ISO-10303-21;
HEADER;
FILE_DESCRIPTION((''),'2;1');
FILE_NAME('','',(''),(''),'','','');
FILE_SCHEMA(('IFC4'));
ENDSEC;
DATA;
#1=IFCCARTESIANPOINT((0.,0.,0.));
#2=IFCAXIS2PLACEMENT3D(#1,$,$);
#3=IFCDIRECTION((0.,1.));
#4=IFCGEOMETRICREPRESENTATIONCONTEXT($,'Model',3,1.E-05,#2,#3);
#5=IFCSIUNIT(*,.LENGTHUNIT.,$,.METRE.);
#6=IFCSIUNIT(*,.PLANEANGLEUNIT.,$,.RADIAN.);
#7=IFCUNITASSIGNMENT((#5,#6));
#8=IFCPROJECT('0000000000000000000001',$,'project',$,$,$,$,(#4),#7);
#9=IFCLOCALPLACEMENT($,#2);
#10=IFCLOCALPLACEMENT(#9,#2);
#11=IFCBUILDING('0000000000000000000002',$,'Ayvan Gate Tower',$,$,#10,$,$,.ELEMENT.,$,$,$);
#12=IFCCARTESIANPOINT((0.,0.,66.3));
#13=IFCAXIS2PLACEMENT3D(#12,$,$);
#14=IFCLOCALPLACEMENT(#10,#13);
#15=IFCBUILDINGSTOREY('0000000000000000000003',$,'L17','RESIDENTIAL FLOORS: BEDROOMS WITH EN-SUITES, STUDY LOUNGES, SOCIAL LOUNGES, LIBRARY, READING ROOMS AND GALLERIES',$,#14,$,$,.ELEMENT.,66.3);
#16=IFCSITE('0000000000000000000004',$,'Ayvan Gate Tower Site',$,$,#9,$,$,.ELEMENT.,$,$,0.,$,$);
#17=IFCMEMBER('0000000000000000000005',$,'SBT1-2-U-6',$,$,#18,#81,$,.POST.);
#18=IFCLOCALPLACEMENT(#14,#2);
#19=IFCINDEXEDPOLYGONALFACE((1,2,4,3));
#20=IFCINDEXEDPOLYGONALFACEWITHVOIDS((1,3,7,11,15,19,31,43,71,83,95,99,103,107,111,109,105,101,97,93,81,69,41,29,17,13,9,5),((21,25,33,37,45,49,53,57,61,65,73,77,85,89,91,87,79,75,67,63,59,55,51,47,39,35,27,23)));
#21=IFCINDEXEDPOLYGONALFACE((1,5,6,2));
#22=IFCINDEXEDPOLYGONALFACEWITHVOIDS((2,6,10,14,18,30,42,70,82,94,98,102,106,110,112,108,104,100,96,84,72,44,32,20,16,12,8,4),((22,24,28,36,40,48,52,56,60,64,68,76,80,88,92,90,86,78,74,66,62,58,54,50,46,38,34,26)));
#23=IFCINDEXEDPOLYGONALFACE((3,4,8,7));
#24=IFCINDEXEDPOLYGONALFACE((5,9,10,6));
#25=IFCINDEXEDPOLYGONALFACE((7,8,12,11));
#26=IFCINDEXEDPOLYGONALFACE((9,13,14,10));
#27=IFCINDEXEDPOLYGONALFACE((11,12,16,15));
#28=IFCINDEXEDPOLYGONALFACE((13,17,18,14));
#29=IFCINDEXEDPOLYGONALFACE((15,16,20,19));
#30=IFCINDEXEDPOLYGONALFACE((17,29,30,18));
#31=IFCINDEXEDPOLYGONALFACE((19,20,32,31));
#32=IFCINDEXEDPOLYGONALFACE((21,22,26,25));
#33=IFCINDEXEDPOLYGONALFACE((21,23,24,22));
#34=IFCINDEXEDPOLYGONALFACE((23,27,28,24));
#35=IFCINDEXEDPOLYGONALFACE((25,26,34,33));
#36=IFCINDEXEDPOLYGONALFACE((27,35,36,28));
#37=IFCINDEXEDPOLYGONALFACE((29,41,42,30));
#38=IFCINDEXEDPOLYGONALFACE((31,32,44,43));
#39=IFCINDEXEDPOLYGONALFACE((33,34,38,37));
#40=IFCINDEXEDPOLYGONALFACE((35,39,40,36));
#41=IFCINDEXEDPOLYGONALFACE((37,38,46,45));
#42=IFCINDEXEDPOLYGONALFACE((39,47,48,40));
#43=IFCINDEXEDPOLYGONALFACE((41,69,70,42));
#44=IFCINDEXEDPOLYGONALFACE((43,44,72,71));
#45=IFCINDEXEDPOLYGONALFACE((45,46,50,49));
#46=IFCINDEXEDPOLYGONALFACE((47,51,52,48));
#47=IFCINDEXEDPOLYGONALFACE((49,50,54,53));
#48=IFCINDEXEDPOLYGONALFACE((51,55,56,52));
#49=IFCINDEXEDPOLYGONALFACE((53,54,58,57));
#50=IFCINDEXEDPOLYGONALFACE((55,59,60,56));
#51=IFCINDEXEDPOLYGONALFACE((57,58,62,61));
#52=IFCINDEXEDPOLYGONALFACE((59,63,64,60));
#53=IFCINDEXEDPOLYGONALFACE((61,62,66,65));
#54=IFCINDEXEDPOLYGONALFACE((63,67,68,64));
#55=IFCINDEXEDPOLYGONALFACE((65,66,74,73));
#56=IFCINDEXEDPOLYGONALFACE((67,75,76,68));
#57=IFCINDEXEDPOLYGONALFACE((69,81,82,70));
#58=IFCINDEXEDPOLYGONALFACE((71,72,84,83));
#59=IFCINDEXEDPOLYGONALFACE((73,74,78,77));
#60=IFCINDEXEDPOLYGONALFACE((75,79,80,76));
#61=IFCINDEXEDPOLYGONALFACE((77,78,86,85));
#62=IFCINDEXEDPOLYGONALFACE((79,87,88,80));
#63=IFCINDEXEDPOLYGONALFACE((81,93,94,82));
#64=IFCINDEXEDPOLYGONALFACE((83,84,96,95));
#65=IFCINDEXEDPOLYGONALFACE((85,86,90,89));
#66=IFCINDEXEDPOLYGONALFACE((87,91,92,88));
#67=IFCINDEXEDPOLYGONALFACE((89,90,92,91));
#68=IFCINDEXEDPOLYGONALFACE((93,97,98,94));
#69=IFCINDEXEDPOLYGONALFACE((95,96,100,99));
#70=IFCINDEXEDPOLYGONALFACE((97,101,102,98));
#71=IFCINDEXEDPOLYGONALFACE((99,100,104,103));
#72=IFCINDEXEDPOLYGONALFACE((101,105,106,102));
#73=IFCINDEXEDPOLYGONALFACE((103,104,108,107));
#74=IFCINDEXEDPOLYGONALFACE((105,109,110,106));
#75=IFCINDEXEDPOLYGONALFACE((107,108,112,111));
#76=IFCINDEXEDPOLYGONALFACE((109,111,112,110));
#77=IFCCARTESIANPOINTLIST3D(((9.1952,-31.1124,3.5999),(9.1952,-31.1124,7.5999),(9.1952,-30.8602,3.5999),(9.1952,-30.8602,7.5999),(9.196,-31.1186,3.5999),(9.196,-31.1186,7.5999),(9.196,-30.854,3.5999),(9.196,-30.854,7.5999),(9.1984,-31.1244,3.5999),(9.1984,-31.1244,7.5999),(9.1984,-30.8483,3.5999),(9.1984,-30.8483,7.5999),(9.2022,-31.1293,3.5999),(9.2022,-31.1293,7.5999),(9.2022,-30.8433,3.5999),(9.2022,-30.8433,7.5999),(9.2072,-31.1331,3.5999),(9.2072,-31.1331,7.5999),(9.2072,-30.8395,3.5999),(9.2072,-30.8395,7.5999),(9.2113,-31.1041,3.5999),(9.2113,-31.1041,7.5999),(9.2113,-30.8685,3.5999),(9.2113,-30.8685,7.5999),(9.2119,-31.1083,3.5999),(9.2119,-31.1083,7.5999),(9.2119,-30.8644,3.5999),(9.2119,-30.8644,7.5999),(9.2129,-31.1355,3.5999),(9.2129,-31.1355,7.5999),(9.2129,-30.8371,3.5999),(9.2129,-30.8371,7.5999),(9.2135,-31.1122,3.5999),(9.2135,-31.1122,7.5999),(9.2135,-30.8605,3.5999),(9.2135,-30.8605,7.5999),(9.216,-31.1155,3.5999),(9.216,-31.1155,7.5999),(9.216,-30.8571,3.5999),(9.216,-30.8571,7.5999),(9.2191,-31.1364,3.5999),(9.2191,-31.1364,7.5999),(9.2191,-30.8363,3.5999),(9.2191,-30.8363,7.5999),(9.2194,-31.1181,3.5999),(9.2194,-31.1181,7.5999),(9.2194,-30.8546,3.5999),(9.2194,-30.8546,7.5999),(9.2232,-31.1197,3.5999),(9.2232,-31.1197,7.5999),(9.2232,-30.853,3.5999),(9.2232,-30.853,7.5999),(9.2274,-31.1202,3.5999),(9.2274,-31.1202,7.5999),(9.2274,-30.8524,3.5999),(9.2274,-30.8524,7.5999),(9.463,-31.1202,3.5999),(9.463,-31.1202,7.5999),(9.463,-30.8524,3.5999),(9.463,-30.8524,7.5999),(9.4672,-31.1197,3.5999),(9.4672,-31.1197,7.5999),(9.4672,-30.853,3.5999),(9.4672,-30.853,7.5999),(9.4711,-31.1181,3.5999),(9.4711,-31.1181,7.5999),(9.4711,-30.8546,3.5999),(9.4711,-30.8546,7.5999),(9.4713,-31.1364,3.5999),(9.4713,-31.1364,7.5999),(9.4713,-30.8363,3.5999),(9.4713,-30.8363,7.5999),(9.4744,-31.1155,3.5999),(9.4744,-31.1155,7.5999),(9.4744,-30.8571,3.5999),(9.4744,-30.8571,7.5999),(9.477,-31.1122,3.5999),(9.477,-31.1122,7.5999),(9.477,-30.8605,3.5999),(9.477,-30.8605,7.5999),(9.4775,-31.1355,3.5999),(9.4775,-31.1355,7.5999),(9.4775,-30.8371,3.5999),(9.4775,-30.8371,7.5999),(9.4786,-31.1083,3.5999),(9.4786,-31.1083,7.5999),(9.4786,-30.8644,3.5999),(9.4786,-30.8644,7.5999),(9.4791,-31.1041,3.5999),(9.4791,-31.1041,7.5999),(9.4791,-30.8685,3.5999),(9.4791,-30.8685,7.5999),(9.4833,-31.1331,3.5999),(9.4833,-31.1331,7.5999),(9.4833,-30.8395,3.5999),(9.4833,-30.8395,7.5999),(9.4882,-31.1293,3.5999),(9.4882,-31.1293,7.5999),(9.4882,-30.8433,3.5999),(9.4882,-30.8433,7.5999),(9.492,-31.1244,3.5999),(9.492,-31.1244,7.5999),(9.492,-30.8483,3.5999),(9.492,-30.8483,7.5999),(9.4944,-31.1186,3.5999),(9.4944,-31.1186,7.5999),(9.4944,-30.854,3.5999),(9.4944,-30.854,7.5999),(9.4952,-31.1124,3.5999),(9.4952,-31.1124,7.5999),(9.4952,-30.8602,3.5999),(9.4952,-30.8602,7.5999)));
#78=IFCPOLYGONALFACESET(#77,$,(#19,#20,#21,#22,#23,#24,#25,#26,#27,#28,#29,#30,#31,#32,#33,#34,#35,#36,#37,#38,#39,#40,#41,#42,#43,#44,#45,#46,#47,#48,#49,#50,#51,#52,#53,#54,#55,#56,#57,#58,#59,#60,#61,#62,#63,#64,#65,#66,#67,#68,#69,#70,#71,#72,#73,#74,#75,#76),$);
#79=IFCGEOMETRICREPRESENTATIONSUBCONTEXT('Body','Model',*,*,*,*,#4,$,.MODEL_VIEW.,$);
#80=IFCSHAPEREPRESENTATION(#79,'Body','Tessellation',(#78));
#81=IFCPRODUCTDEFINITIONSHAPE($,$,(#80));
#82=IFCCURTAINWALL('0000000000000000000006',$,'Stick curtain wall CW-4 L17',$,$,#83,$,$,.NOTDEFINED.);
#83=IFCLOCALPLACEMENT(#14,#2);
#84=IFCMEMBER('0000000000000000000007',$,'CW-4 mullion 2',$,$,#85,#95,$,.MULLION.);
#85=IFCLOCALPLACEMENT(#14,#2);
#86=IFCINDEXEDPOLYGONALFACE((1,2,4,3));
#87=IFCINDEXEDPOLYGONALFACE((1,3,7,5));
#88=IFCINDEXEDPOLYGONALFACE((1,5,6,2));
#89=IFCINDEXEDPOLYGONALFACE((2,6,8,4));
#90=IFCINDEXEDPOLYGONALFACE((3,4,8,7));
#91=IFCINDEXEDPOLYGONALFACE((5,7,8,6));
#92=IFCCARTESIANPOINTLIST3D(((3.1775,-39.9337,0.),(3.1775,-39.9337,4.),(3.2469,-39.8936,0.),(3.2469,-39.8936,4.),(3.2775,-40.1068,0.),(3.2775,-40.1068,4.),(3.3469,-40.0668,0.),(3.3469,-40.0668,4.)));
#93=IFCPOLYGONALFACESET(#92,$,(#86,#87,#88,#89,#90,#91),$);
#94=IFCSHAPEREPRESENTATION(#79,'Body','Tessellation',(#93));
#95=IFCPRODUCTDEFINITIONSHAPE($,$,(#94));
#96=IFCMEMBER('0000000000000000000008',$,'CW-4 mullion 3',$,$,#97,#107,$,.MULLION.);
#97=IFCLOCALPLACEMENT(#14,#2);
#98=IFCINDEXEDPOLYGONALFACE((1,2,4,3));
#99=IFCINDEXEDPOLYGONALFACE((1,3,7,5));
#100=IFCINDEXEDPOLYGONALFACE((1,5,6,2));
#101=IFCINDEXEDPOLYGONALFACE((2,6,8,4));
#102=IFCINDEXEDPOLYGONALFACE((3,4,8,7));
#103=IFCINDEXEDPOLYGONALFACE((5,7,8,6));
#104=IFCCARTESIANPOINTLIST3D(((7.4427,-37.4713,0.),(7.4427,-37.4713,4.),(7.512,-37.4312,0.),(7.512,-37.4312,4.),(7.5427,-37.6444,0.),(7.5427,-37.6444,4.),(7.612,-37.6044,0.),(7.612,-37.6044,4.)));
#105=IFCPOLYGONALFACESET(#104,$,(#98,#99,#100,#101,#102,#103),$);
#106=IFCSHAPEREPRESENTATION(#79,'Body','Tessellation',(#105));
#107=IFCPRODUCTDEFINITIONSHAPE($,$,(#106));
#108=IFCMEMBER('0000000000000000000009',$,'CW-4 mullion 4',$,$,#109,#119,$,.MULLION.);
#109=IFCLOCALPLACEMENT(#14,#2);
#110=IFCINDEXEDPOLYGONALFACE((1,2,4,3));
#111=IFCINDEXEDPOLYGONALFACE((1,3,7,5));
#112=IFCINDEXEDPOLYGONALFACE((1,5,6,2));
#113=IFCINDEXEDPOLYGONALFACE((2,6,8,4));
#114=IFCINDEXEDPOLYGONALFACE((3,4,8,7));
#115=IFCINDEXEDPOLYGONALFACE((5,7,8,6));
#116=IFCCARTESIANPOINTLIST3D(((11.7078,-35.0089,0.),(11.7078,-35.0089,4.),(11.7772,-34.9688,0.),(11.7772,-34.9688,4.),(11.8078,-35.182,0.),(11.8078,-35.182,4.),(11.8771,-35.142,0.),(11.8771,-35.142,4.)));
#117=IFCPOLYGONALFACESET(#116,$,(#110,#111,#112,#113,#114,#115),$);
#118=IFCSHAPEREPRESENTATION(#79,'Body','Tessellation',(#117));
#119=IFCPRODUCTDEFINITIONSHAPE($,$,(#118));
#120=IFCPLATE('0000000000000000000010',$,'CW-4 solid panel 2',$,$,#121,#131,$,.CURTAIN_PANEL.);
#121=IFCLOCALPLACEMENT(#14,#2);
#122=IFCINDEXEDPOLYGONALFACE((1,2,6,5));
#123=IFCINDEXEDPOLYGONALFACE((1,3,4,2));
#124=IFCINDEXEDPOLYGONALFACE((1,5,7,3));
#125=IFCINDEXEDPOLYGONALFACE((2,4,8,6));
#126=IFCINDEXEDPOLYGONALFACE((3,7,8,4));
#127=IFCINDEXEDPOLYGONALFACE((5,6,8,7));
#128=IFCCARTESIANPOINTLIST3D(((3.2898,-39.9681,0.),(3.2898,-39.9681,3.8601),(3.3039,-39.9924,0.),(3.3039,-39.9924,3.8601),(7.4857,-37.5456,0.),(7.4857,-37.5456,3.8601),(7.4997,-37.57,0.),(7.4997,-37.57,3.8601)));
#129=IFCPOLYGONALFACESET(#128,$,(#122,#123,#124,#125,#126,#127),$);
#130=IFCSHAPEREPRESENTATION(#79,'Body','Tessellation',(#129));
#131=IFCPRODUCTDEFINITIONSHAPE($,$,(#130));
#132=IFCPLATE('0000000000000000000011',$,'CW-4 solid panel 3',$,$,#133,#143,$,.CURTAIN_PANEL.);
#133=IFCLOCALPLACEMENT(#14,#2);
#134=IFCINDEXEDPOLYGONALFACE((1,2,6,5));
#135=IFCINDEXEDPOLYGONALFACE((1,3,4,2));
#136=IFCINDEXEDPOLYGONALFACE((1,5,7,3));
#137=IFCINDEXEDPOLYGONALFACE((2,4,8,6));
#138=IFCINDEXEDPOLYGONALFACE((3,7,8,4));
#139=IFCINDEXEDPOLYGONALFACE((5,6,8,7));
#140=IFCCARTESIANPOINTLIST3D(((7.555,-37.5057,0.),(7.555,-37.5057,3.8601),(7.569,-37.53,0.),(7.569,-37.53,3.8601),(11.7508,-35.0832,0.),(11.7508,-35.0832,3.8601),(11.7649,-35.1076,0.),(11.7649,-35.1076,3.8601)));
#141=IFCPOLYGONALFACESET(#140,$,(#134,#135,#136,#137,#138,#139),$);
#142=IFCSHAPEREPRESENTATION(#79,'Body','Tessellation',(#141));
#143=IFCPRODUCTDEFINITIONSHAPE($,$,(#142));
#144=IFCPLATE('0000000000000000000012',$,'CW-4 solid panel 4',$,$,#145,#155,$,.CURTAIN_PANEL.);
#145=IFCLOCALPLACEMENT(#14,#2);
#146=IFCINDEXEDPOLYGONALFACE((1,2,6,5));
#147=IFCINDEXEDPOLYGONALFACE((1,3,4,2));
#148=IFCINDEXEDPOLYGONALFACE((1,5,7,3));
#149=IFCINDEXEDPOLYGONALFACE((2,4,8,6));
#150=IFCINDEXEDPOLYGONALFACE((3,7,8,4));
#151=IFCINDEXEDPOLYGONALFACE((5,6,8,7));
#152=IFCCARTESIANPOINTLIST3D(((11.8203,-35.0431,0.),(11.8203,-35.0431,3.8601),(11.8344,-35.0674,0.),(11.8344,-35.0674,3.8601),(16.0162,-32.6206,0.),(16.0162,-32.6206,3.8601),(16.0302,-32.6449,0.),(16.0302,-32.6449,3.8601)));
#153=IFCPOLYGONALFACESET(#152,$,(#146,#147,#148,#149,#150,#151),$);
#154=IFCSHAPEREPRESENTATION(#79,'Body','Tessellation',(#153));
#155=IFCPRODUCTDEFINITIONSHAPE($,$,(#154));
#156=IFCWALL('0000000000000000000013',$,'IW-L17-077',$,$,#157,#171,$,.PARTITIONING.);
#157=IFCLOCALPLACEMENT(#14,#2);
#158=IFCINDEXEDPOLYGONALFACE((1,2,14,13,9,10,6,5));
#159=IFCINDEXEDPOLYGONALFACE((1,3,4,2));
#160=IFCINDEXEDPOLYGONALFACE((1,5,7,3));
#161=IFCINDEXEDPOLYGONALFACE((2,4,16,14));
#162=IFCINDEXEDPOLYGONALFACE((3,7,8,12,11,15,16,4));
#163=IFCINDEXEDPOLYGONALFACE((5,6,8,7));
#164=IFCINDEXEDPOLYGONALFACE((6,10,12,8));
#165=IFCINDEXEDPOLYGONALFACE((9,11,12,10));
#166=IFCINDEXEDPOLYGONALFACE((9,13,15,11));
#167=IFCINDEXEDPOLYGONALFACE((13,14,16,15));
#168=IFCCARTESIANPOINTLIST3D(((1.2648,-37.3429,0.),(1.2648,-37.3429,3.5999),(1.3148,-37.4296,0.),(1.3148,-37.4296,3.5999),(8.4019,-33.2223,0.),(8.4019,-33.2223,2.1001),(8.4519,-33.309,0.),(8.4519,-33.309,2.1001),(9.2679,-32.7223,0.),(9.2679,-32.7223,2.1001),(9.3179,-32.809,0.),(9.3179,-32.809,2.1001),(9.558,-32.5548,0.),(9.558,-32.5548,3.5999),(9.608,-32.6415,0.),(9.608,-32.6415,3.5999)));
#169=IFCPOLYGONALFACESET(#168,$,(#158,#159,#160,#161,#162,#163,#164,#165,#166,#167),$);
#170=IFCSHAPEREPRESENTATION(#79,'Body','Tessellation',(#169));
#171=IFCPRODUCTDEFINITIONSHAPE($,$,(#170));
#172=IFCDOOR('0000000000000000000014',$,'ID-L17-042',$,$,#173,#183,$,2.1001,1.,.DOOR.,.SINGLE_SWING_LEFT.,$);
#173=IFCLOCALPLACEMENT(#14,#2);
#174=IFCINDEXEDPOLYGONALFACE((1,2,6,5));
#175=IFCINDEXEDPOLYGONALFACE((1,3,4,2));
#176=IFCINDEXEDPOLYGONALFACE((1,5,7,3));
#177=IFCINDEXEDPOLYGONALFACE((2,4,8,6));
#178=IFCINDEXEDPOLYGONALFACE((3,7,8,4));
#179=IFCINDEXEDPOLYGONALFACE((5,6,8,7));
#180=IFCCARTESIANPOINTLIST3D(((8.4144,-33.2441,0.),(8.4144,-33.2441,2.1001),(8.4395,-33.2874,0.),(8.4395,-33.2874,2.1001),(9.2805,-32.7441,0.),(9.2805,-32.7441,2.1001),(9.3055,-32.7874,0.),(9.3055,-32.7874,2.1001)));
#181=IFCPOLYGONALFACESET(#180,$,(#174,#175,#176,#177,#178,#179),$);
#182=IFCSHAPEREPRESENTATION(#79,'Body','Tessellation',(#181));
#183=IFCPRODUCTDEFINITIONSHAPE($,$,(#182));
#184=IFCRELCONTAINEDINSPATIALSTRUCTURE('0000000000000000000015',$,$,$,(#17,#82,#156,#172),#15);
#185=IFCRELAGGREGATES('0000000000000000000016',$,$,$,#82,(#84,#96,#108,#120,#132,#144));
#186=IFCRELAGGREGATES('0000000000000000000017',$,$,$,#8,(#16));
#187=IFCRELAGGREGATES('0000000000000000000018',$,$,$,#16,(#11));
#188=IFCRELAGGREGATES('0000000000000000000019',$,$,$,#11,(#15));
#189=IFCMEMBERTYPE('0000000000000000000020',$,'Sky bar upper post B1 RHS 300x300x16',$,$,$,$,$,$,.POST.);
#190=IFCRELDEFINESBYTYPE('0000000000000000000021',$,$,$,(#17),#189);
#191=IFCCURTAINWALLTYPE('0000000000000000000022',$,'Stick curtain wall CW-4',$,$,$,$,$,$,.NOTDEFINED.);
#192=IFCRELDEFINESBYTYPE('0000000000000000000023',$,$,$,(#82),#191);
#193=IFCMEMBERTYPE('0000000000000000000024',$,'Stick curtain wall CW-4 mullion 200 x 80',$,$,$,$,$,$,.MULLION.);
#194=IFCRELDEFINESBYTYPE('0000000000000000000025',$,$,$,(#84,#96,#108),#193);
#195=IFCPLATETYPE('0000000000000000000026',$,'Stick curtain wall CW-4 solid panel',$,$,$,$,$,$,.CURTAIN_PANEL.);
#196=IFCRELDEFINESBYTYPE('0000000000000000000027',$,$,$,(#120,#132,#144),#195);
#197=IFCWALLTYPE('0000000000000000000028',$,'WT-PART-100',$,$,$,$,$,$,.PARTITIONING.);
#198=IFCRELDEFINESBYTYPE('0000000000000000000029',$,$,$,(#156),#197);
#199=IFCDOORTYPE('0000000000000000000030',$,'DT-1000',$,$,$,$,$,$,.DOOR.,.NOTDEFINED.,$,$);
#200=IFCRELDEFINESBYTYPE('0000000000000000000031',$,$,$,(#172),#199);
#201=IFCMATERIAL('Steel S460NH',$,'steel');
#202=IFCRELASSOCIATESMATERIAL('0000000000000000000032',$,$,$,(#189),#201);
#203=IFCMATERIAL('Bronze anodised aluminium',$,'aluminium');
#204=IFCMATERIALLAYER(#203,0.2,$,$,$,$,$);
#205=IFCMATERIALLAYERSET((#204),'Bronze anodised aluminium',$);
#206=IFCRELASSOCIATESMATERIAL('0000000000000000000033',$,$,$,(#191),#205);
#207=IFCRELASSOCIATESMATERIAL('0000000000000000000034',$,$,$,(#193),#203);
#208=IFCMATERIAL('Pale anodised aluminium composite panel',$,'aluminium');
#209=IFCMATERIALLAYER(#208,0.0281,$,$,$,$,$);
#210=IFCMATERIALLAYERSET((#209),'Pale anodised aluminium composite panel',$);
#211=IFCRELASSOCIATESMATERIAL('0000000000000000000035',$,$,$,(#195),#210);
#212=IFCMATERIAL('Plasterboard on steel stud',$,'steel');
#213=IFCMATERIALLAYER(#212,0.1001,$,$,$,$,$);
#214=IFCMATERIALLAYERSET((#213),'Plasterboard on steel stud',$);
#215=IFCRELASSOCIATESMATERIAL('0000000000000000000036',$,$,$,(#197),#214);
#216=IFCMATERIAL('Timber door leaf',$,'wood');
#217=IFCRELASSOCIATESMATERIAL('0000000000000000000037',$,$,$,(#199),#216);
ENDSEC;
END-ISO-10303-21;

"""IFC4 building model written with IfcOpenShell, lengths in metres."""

from ifc_helpers import new_model, si_unit, direction, frame, frame_2d, origin, origin_2d, place, context, subcontext, project, spatial, rectangle, hollow_rectangle, extrude, material, layer, layer_set, material_profile, profile_set, type_object, element, fill, aggregate, save


model = new_model("IFC4")

# Units and contexts
model_context = context("Model", 3, precision=1e-05, world=origin(), true_north=direction((0.0, 1.0)))
body_context = subcontext(model_context, "Body", "Model", "MODEL_VIEW")
ifc_project = project(units=[si_unit("LENGTHUNIT", "METRE"), si_unit("PLANEANGLEUNIT", "RADIAN")], contexts=[model_context])

# Site, building, storey
site_placement = place(None, origin())
site = spatial("IfcSite", under=ifc_project, at=site_placement, Name="Ayvan Gate Tower Site", CompositionType="ELEMENT", RefElevation=0.0)
building_placement = place(site_placement, origin())
building = spatial("IfcBuilding", under=site, at=building_placement, Name="Ayvan Gate Tower", CompositionType="ELEMENT")
storey_placement = place(building_placement, frame((0.0, 0.0, 66.3)))
storey = spatial("IfcBuildingStorey", under=building, at=storey_placement, Name="L17", Description="RESIDENTIAL FLOORS: BEDROOMS WITH EN-SUITES, STUDY LOUNGES, SOCIAL LOUNGES, LIBRARY, READING ROOMS AND GALLERIES", CompositionType="ELEMENT", Elevation=66.3)

# Member
ifc_material_1 = material(Name="Steel S460NH", Category="steel")
ifc_material_profile_1 = material_profile(ifc_material_1, hollow_rectangle(XDim=0.3, YDim=0.3, WallThickness=0.0161, InnerFilletRadius=0.0161, OuterFilletRadius=0.0239, at=origin_2d()), Name="RHS 300x300x16")
ifc_profile_set_1 = profile_set([ifc_material_profile_1], Name="Steel S460NH")
member_type_1 = type_object("IfcMemberType", Name="Sky bar upper post B1 RHS 300x300x16", PredefinedType="POST", material=ifc_profile_set_1)
member_1_placement = place(storey_placement, frame((9.3452, -30.9863, 3.5999), z_axis=(0.0, 0.0, 1.0), x_axis=(1.0, 0.0, 0.0)))
element("IfcMember", 1, at=member_1_placement, inside=storey, type_object=member_type_1, Name="SBT1-2-U-6", PredefinedType="POST", context=body_context, shape_type="SweptSolid", body=[
    extrude(hollow_rectangle(XDim=0.3, YDim=0.3, WallThickness=0.0161, InnerFilletRadius=0.0161, OuterFilletRadius=0.0239, at=origin_2d()), origin(), (0.0, 0.0, 1.0), 4.0),
])

# Curtain wall, members, plates
ifc_material_2 = material(Name="Bronze anodised aluminium", Category="aluminium")
ifc_layer_1 = layer(ifc_material_2, 0.2)
ifc_layer_set_1 = layer_set([ifc_layer_1], Name="Bronze anodised aluminium")
curtain_wall_type = type_object("IfcCurtainWallType", Name="Stick curtain wall CW-4", PredefinedType="NOTDEFINED", material=ifc_layer_set_1)
curtain_wall_placement = place(storey_placement, origin())
curtain_wall = element("IfcCurtainWall", 2, at=curtain_wall_placement, inside=storey, type_object=curtain_wall_type, Name="Stick curtain wall CW-4 L17", PredefinedType="NOTDEFINED")
ifc_material_profile_2 = material_profile(ifc_material_2, rectangle(XDim=0.2, YDim=0.0801, at=origin_2d()), Name="Stick curtain wall CW-4 mullion 200 x 80")
ifc_profile_set_2 = profile_set([ifc_material_profile_2], Name="Bronze anodised aluminium")
member_type_2 = type_object("IfcMemberType", Name="Stick curtain wall CW-4 mullion 200 x 80", PredefinedType="MULLION", material=ifc_profile_set_2)
member_2_placement = place(storey_placement, frame((3.2622, -40.0002, 0.0), z_axis=(0.0, 0.0, 1.0), x_axis=(0.5, -0.866025, 0.0)))
member_2 = element("IfcMember", 3, at=member_2_placement, type_object=member_type_2, Name="CW-4 mullion 2", PredefinedType="MULLION", context=body_context, shape_type="SweptSolid", body=[
    extrude(rectangle(XDim=0.2, YDim=0.0801, at=origin_2d()), origin(), (0.0, 0.0, 1.0), 4.0),
])
member_3_placement = place(storey_placement, frame((7.5273, -37.5378, 0.0), z_axis=(0.0, 0.0, 1.0), x_axis=(0.5, -0.866025, 0.0)))
member_3 = element("IfcMember", 4, at=member_3_placement, type_object=member_type_2, Name="CW-4 mullion 3", PredefinedType="MULLION", context=body_context, shape_type="SweptSolid", body=[
    extrude(rectangle(XDim=0.2, YDim=0.0801, at=origin_2d()), origin(), (0.0, 0.0, 1.0), 4.0),
])
member_4_placement = place(storey_placement, frame((11.7925, -35.0754, 0.0), z_axis=(0.0, 0.0, 1.0), x_axis=(0.5, -0.866025, 0.0)))
member_4 = element("IfcMember", 5, at=member_4_placement, type_object=member_type_2, Name="CW-4 mullion 4", PredefinedType="MULLION", context=body_context, shape_type="SweptSolid", body=[
    extrude(rectangle(XDim=0.2, YDim=0.0801, at=origin_2d()), origin(), (0.0, 0.0, 1.0), 4.0),
])
ifc_material_3 = material(Name="Pale anodised aluminium composite panel", Category="aluminium")
ifc_layer_2 = layer(ifc_material_3, 0.0281)
ifc_layer_set_2 = layer_set([ifc_layer_2], Name="Pale anodised aluminium composite panel")
plate_type = type_object("IfcPlateType", Name="Stick curtain wall CW-4 solid panel", PredefinedType="CURTAIN_PANEL", material=ifc_layer_set_2)
plate_1_placement = place(storey_placement, frame((5.3948, -38.769, 0.0), z_axis=(0.0, 0.0, 1.0), x_axis=(0.866025, 0.5, 0.0)))
plate_1 = element("IfcPlate", 6, at=plate_1_placement, type_object=plate_type, Name="CW-4 solid panel 2", PredefinedType="CURTAIN_PANEL", context=body_context, shape_type="SweptSolid", body=[
    extrude(rectangle(XDim=4.845, YDim=0.0281, at=origin_2d()), origin(), (0.0, 0.0, 1.0), 3.8601),
])
plate_2_placement = place(storey_placement, frame((9.6599, -36.3066, 0.0), z_axis=(0.0, 0.0, 1.0), x_axis=(0.866025, 0.5, 0.0)))
plate_2 = element("IfcPlate", 7, at=plate_2_placement, type_object=plate_type, Name="CW-4 solid panel 3", PredefinedType="CURTAIN_PANEL", context=body_context, shape_type="SweptSolid", body=[
    extrude(rectangle(XDim=4.845, YDim=0.0281, at=origin_2d()), origin(), (0.0, 0.0, 1.0), 3.8601),
])
plate_3_placement = place(storey_placement, frame((13.9253, -33.844, 0.0), z_axis=(0.0, 0.0, 1.0), x_axis=(0.866025, 0.5, 0.0)))
plate_3 = element("IfcPlate", 8, at=plate_3_placement, type_object=plate_type, Name="CW-4 solid panel 4", PredefinedType="CURTAIN_PANEL", context=body_context, shape_type="SweptSolid", body=[
    extrude(rectangle(XDim=4.845, YDim=0.0281, at=origin_2d()), origin(), (0.0, 0.0, 1.0), 3.8601),
])
aggregate(curtain_wall, [member_2, member_3, member_4, plate_1, plate_2, plate_3])

# Wall, opening, door
ifc_material_4 = material(Name="Plasterboard on steel stud", Category="steel")
ifc_layer_3 = layer(ifc_material_4, 0.1001)
ifc_layer_set_3 = layer_set([ifc_layer_3], Name="Plasterboard on steel stud")
wall_type_1 = type_object("IfcWallType", Name="WT-PART-100", PredefinedType="PARTITIONING", material=ifc_layer_set_3)
wall_1_placement = place(storey_placement, frame((1.2898, -37.3862, 0.0), z_axis=(0.0, 0.0, 1.0), x_axis=(0.866026, 0.5, 0.0)))
wall_1 = element("IfcWall", 9, at=wall_1_placement, inside=storey, type_object=wall_type_1, Name="IW-L17-077", PredefinedType="PARTITIONING", context=body_context, shape_type="SweptSolid", body=[
    extrude(rectangle(XDim=9.5762, YDim=0.1001, at=frame_2d((4.7881, 0.0))), origin(), (0.0, 0.0, 1.0), 3.5999),
])
opening_1_placement = place(wall_1_placement, frame((8.2412, 0.0, 0.0)))
opening_1 = element("IfcOpeningElement", 10, at=opening_1_placement, cuts=wall_1, PredefinedType="OPENING", context=body_context, shape_type="SweptSolid", body=[
    extrude(rectangle(XDim=1.0, YDim=2.1001, at=frame_2d((0.5, 1.05))), frame((0.0, 0.0601, 0.0), z_axis=(0.0, -1.0, 0.0), x_axis=(1.0, 0.0, 0.0)), (0.0, 0.0, 1.0), 0.1201),
])
ifc_material_5 = material(Name="Timber door leaf", Category="wood")
door_type_1 = type_object("IfcDoorType", Name="DT-1000", OperationType="NOTDEFINED", PredefinedType="DOOR", material=ifc_material_5)
door_1_placement = place(opening_1_placement, origin())
door_1 = element("IfcDoor", 11, at=door_1_placement, inside=storey, type_object=door_type_1, Name="ID-L17-042", OperationType="SINGLE_SWING_LEFT", OverallHeight=2.1001, OverallWidth=1.0, PredefinedType="DOOR", context=body_context, shape_type="SweptSolid", body=[
    extrude(rectangle(XDim=1.0, YDim=2.1001, at=frame_2d((0.5, 1.05))), frame((0.0, 0.0249, 0.0), z_axis=(0.0, -1.0, 0.0), x_axis=(1.0, 0.0, 0.0)), (0.0, 0.0, 1.0), 0.05),
])
fill(opening_1, door_1)

save(model, "model.ifc")
